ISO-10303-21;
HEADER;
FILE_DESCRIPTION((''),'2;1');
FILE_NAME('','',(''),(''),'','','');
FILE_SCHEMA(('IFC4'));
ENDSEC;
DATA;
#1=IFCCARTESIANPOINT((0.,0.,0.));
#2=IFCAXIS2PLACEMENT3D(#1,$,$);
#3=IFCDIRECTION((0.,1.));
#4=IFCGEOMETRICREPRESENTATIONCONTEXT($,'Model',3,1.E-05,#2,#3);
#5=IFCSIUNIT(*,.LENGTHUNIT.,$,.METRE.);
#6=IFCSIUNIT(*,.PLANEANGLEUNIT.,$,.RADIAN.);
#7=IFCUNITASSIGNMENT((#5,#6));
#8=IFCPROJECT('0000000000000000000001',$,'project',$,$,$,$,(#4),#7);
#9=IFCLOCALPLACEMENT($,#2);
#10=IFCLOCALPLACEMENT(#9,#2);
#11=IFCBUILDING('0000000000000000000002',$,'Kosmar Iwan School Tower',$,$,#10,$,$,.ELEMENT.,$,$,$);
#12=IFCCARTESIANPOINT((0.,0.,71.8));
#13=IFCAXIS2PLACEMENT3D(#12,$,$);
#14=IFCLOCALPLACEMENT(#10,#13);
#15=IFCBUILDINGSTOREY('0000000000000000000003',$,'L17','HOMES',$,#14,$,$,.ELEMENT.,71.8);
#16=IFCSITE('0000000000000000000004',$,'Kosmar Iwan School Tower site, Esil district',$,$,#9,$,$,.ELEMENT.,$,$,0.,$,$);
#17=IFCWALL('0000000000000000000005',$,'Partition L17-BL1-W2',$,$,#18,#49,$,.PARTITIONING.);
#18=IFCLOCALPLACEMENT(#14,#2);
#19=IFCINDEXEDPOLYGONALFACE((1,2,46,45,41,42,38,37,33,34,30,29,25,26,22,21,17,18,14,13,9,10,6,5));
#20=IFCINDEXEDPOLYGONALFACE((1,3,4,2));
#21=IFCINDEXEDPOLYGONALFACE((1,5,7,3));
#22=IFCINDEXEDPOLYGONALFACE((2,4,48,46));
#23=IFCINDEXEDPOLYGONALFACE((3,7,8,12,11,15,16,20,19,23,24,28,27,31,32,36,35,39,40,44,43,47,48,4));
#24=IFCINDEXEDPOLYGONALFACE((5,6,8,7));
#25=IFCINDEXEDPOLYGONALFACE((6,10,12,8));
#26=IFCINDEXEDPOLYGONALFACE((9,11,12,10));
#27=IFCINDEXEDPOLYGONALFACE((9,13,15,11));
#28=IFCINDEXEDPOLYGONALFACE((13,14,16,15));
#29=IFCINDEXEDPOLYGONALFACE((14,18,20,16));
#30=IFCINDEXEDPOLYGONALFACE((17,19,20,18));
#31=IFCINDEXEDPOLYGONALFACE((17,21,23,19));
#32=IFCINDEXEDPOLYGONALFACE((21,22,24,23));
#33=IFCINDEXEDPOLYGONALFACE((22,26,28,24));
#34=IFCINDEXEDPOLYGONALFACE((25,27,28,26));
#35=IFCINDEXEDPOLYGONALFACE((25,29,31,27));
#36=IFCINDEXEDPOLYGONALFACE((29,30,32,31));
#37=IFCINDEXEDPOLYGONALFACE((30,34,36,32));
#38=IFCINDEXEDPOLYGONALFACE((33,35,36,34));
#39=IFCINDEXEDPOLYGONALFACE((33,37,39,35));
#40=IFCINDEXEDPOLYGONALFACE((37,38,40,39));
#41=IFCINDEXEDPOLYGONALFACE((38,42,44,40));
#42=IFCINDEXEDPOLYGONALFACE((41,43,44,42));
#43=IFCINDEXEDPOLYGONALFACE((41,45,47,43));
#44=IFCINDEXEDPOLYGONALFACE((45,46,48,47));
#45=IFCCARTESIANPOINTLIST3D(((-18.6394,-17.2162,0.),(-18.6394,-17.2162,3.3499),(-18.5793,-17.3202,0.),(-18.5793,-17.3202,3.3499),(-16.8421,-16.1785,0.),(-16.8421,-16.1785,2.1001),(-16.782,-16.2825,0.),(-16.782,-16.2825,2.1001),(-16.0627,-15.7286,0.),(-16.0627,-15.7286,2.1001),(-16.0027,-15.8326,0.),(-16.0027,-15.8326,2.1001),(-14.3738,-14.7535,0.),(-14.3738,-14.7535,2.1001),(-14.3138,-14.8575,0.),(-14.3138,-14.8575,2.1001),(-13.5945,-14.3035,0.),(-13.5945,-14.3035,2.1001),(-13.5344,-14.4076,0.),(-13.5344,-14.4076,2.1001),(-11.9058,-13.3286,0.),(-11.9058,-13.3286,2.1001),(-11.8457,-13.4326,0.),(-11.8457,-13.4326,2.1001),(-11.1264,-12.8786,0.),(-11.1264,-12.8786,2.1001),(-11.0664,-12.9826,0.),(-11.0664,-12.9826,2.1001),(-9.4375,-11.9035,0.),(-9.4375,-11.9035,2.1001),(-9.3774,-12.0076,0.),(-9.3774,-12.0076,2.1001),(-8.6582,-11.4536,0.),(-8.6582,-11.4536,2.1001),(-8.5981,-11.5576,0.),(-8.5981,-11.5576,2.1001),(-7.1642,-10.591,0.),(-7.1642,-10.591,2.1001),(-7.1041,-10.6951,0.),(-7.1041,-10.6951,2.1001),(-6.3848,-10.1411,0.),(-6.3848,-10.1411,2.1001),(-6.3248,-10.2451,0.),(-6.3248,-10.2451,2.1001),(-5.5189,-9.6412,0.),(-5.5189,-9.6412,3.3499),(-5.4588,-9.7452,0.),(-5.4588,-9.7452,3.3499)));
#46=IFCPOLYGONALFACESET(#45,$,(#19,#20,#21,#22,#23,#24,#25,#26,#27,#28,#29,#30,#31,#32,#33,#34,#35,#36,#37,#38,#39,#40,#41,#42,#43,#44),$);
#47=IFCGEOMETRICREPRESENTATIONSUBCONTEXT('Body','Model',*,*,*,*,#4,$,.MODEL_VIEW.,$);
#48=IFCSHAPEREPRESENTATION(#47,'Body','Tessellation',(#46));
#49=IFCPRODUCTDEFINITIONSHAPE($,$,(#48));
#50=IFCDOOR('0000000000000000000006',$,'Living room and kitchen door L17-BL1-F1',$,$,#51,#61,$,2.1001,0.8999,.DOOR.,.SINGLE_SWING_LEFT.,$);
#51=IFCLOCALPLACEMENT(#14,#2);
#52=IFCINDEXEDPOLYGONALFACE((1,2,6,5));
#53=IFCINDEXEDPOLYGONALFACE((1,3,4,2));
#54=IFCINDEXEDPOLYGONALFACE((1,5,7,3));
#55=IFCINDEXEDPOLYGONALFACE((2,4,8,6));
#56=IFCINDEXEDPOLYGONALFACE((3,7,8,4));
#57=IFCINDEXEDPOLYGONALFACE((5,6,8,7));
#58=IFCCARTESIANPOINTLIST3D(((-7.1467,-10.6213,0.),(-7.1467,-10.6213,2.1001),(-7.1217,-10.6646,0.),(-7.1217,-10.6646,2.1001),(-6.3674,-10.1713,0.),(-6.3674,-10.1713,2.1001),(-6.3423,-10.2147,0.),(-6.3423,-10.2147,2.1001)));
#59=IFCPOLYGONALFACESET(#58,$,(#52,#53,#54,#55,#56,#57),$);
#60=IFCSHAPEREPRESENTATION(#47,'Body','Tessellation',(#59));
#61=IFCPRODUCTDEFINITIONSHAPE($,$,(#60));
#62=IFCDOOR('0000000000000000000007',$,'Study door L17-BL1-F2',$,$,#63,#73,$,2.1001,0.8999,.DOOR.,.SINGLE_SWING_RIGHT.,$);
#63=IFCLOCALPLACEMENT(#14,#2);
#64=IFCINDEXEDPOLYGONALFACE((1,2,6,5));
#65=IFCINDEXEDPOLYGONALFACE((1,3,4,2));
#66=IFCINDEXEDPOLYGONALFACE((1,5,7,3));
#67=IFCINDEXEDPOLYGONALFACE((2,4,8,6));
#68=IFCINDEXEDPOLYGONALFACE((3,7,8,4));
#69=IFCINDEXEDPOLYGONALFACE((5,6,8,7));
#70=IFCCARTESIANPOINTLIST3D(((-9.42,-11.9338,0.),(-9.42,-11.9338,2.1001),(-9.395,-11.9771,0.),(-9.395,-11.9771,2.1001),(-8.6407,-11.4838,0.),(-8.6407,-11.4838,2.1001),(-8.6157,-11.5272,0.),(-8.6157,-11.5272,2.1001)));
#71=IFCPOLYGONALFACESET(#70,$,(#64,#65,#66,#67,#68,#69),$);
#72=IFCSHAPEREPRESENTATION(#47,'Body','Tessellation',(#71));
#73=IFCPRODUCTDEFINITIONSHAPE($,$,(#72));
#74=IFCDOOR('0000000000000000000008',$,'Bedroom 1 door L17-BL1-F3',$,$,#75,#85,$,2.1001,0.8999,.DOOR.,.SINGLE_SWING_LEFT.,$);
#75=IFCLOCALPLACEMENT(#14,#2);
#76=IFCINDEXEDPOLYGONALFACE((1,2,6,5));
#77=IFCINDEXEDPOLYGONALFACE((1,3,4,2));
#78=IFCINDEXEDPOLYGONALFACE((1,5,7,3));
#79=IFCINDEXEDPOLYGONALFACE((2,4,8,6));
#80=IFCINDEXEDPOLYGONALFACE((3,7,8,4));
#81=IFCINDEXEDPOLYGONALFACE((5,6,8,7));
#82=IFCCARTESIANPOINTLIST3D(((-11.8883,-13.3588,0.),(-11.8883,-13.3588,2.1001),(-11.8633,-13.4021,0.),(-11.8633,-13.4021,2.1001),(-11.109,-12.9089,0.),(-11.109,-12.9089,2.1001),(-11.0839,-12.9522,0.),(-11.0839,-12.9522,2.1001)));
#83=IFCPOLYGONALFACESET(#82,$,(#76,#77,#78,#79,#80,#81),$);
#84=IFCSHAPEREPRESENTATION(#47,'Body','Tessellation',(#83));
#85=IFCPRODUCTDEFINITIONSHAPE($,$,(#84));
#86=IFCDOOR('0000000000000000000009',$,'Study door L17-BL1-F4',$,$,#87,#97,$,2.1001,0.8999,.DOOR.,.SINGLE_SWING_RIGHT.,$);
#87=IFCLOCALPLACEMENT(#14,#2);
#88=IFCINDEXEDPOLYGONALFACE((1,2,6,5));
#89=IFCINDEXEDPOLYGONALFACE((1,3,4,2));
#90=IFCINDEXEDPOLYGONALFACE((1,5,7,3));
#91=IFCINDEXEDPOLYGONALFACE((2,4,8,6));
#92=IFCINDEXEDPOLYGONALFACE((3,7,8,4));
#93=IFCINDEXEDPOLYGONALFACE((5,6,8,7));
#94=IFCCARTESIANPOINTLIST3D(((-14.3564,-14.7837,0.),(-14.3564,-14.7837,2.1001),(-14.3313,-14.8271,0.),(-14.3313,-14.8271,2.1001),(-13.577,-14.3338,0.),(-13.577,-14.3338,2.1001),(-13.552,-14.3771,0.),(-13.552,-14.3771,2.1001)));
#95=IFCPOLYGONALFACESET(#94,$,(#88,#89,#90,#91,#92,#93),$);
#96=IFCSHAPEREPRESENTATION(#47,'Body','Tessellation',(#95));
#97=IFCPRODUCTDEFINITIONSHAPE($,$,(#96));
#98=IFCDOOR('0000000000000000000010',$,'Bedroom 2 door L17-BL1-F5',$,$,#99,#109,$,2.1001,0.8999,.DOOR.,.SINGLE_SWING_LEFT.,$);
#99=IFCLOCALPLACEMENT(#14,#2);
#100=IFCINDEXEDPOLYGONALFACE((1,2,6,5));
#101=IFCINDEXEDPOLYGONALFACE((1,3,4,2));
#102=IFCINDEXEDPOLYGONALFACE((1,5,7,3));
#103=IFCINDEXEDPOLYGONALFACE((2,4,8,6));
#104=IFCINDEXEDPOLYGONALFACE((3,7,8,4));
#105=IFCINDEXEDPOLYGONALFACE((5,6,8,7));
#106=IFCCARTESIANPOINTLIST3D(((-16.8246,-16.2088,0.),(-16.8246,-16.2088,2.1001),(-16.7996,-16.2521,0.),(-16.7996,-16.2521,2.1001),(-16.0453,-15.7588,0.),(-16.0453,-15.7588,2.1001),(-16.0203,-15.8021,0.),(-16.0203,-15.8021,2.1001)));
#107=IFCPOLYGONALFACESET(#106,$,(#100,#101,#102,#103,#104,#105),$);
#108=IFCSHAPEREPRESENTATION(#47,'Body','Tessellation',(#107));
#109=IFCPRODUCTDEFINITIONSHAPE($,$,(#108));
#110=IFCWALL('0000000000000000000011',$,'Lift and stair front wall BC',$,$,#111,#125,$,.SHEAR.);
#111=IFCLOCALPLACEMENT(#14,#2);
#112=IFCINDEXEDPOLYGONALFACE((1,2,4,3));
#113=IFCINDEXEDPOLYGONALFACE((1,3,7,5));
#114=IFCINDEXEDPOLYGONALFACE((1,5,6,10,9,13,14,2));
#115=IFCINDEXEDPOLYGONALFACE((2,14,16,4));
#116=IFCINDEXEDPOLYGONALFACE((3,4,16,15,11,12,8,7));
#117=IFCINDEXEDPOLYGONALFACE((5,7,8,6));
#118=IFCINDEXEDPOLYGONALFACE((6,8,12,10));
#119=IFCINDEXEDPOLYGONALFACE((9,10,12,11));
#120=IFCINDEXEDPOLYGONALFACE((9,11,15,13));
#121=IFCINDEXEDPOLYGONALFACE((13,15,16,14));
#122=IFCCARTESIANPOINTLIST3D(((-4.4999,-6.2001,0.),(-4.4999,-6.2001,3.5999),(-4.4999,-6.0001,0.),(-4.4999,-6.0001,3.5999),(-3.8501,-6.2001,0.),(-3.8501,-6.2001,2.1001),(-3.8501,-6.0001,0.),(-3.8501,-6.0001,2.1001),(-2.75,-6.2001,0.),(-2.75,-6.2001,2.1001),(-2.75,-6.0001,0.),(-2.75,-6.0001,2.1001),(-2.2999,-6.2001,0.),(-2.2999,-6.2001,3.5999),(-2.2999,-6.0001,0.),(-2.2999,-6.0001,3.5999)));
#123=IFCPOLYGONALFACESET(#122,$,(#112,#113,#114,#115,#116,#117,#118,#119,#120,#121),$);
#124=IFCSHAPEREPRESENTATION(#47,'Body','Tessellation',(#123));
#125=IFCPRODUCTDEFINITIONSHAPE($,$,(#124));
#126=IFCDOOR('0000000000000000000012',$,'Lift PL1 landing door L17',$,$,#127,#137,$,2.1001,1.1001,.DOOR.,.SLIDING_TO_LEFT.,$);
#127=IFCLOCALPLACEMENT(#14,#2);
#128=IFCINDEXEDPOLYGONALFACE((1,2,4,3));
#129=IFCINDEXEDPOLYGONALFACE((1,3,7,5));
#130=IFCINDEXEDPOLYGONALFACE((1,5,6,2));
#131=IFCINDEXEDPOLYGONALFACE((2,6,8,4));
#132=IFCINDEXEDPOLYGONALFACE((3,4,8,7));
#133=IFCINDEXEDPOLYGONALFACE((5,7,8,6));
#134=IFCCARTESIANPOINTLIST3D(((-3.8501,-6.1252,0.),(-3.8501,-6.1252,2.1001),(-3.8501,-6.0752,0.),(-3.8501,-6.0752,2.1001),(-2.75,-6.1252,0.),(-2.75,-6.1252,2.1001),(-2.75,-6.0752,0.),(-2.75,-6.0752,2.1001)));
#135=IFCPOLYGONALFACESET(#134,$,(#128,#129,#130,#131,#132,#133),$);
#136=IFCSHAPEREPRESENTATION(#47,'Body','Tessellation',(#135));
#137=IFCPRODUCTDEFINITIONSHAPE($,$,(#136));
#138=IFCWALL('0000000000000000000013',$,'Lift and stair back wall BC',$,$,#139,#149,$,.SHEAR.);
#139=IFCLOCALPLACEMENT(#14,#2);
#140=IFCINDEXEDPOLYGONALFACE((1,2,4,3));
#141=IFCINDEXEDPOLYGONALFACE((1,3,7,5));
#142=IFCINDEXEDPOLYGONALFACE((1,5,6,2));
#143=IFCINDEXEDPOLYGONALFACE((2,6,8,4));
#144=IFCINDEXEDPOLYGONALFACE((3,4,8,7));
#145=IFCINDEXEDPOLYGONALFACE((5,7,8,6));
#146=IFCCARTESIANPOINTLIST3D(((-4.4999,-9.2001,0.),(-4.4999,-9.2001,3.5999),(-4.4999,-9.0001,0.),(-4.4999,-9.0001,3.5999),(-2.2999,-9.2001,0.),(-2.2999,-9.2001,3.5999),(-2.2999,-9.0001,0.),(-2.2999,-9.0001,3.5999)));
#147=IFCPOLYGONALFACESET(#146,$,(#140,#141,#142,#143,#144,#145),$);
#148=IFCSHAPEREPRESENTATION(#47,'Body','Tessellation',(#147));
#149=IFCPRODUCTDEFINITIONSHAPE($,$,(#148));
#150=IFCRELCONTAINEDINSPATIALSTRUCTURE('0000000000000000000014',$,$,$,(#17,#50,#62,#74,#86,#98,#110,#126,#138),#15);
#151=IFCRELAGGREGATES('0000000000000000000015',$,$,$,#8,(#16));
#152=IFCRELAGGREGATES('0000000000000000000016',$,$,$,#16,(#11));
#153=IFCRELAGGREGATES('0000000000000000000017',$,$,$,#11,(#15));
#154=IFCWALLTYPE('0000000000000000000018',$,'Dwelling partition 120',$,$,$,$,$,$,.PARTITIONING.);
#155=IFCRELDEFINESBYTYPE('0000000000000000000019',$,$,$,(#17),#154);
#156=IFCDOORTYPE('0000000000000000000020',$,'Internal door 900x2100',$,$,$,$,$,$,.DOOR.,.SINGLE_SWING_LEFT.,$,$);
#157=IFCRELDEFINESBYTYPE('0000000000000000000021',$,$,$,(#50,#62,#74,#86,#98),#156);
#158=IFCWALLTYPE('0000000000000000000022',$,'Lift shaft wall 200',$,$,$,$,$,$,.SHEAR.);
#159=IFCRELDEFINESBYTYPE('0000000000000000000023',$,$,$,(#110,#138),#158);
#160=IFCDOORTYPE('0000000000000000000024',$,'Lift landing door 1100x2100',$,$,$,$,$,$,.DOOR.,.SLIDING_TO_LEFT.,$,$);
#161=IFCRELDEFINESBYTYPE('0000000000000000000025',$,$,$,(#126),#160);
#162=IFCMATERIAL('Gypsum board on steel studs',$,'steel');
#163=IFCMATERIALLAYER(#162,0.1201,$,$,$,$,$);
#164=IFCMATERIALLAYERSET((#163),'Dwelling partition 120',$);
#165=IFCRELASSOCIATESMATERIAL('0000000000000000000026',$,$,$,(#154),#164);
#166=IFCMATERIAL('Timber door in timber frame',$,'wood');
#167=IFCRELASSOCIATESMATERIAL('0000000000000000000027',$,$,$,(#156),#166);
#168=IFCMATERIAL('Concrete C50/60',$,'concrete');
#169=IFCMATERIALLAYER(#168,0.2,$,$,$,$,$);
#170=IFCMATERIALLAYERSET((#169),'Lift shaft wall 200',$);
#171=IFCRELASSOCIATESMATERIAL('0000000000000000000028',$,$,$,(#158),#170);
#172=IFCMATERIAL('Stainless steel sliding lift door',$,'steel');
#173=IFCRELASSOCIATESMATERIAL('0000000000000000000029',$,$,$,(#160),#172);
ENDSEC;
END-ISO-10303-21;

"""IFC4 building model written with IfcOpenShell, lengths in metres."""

from ifc_helpers import new_model, si_unit, direction, frame, frame_2d, origin, place, context, subcontext, project, spatial, rectangle, extrude, material, layer, layer_set, type_object, element, fill, save


model = new_model("IFC4")

# Units and contexts
model_context = context("Model", 3, precision=1e-05, world=origin(), true_north=direction((0.0, 1.0)))
body_context = subcontext(model_context, "Body", "Model", "MODEL_VIEW")
ifc_project = project(units=[si_unit("LENGTHUNIT", "METRE"), si_unit("PLANEANGLEUNIT", "RADIAN")], contexts=[model_context])

# Site, building, storey
site_placement = place(None, origin())
site = spatial("IfcSite", under=ifc_project, at=site_placement, Name="Kosmar Iwan School Tower site, Esil district", CompositionType="ELEMENT", RefElevation=0.0)
building_placement = place(site_placement, origin())
building = spatial("IfcBuilding", under=site, at=building_placement, Name="Kosmar Iwan School Tower", CompositionType="ELEMENT")
storey_placement = place(building_placement, frame((0.0, 0.0, 71.8)))
storey = spatial("IfcBuildingStorey", under=building, at=storey_placement, Name="L17", Description="HOMES", CompositionType="ELEMENT", Elevation=71.8)

# Wall, openings, doors
ifc_material_1 = material(Name="Gypsum board on steel studs", Category="steel")
ifc_layer_1 = layer(ifc_material_1, 0.1201)
ifc_layer_set_1 = layer_set([ifc_layer_1], Name="Dwelling partition 120")
wall_type_1 = type_object("IfcWallType", Name="Dwelling partition 120", PredefinedType="PARTITIONING", material=ifc_layer_set_1)
wall_1_placement = place(storey_placement, frame((-5.4888, -9.6931, 0.0), z_axis=(0.0, 0.0, 1.0), x_axis=(-0.866028, -0.499995, 0.0)))
wall_1 = element("IfcWall", 1, at=wall_1_placement, inside=storey, type_object=wall_type_1, Name="Partition L17-BL1-W2", PredefinedType="PARTITIONING", context=body_context, shape_type="SweptSolid", body=[
    extrude(rectangle(XDim=15.1501, YDim=0.1201, at=frame_2d((7.5752, 0.0))), origin(), (0.0, 0.0, 1.0), 3.3499),
])
opening_1_placement = place(wall_1_placement, frame((1.0, 0.0, 0.0)))
opening_1 = element("IfcOpeningElement", 2, at=opening_1_placement, cuts=wall_1, PredefinedType="OPENING", context=body_context, shape_type="SweptSolid", body=[
    extrude(rectangle(XDim=0.8999, YDim=2.1001, at=frame_2d((0.45, 1.05))), frame((0.0, 0.072, 0.0), z_axis=(0.0, -1.0, 0.0), x_axis=(1.0, 0.0, 0.0)), (0.0, 0.0, 1.0), 0.144),
])
opening_2_placement = place(wall_1_placement, frame((3.625, 0.0, 0.0)))
opening_2 = element("IfcOpeningElement", 3, at=opening_2_placement, cuts=wall_1, PredefinedType="OPENING", context=body_context, shape_type="SweptSolid", body=[
    extrude(rectangle(XDim=0.8999, YDim=2.1001, at=frame_2d((0.45, 1.05))), frame((0.0, 0.072, 0.0), z_axis=(0.0, -1.0, 0.0), x_axis=(1.0, 0.0, 0.0)), (0.0, 0.0, 1.0), 0.144),
])
opening_3_placement = place(wall_1_placement, frame((6.4751, 0.0, 0.0)))
opening_3 = element("IfcOpeningElement", 4, at=opening_3_placement, cuts=wall_1, PredefinedType="OPENING", context=body_context, shape_type="SweptSolid", body=[
    extrude(rectangle(XDim=0.8999, YDim=2.1001, at=frame_2d((0.45, 1.05))), frame((0.0, 0.072, 0.0), z_axis=(0.0, -1.0, 0.0), x_axis=(1.0, 0.0, 0.0)), (0.0, 0.0, 1.0), 0.144),
])
opening_4_placement = place(wall_1_placement, frame((9.325, 0.0, 0.0)))
opening_4 = element("IfcOpeningElement", 5, at=opening_4_placement, cuts=wall_1, PredefinedType="OPENING", context=body_context, shape_type="SweptSolid", body=[
    extrude(rectangle(XDim=0.8999, YDim=2.1001, at=frame_2d((0.45, 1.05))), frame((0.0, 0.072, 0.0), z_axis=(0.0, -1.0, 0.0), x_axis=(1.0, 0.0, 0.0)), (0.0, 0.0, 1.0), 0.144),
])
opening_5_placement = place(wall_1_placement, frame((12.175, 0.0, 0.0)))
opening_5 = element("IfcOpeningElement", 6, at=opening_5_placement, cuts=wall_1, PredefinedType="OPENING", context=body_context, shape_type="SweptSolid", body=[
    extrude(rectangle(XDim=0.8999, YDim=2.1001, at=frame_2d((0.45, 1.05))), frame((0.0, 0.072, 0.0), z_axis=(0.0, -1.0, 0.0), x_axis=(1.0, 0.0, 0.0)), (0.0, 0.0, 1.0), 0.144),
])
ifc_material_2 = material(Name="Timber door in timber frame", Category="wood")
door_type_1 = type_object("IfcDoorType", Name="Internal door 900x2100", OperationType="SINGLE_SWING_LEFT", PredefinedType="DOOR", material=ifc_material_2)
door_1_placement = place(opening_1_placement, origin())
door_1 = element("IfcDoor", 7, at=door_1_placement, inside=storey, type_object=door_type_1, Name="Living room and kitchen door L17-BL1-F1", OperationType="SINGLE_SWING_LEFT", OverallHeight=2.1001, OverallWidth=0.8999, PredefinedType="DOOR", context=body_context, shape_type="SweptSolid", body=[
    extrude(rectangle(XDim=0.8999, YDim=2.1001, at=frame_2d((0.45, 1.05))), frame((0.0, 0.0249, 0.0), z_axis=(0.0, -1.0, 0.0), x_axis=(1.0, 0.0, 0.0)), (0.0, 0.0, 1.0), 0.05),
])
fill(opening_1, door_1)
door_2_placement = place(opening_2_placement, origin())
door_2 = element("IfcDoor", 8, at=door_2_placement, inside=storey, type_object=door_type_1, Name="Study door L17-BL1-F2", OperationType="SINGLE_SWING_RIGHT", OverallHeight=2.1001, OverallWidth=0.8999, PredefinedType="DOOR", context=body_context, shape_type="SweptSolid", body=[
    extrude(rectangle(XDim=0.8999, YDim=2.1001, at=frame_2d((0.45, 1.05))), frame((0.0, 0.0249, 0.0), z_axis=(0.0, -1.0, 0.0), x_axis=(1.0, 0.0, 0.0)), (0.0, 0.0, 1.0), 0.05),
])
fill(opening_2, door_2)
door_3_placement = place(opening_3_placement, origin())
door_3 = element("IfcDoor", 9, at=door_3_placement, inside=storey, type_object=door_type_1, Name="Bedroom 1 door L17-BL1-F3", OperationType="SINGLE_SWING_LEFT", OverallHeight=2.1001, OverallWidth=0.8999, PredefinedType="DOOR", context=body_context, shape_type="SweptSolid", body=[
    extrude(rectangle(XDim=0.8999, YDim=2.1001, at=frame_2d((0.45, 1.05))), frame((0.0, 0.0249, 0.0), z_axis=(0.0, -1.0, 0.0), x_axis=(1.0, 0.0, 0.0)), (0.0, 0.0, 1.0), 0.05),
])
fill(opening_3, door_3)
door_4_placement = place(opening_4_placement, origin())
door_4 = element("IfcDoor", 10, at=door_4_placement, inside=storey, type_object=door_type_1, Name="Study door L17-BL1-F4", OperationType="SINGLE_SWING_RIGHT", OverallHeight=2.1001, OverallWidth=0.8999, PredefinedType="DOOR", context=body_context, shape_type="SweptSolid", body=[
    extrude(rectangle(XDim=0.8999, YDim=2.1001, at=frame_2d((0.45, 1.05))), frame((0.0, 0.0249, 0.0), z_axis=(0.0, -1.0, 0.0), x_axis=(1.0, 0.0, 0.0)), (0.0, 0.0, 1.0), 0.05),
])
fill(opening_4, door_4)
door_5_placement = place(opening_5_placement, origin())
door_5 = element("IfcDoor", 11, at=door_5_placement, inside=storey, type_object=door_type_1, Name="Bedroom 2 door L17-BL1-F5", OperationType="SINGLE_SWING_LEFT", OverallHeight=2.1001, OverallWidth=0.8999, PredefinedType="DOOR", context=body_context, shape_type="SweptSolid", body=[
    extrude(rectangle(XDim=0.8999, YDim=2.1001, at=frame_2d((0.45, 1.05))), frame((0.0, 0.0249, 0.0), z_axis=(0.0, -1.0, 0.0), x_axis=(1.0, 0.0, 0.0)), (0.0, 0.0, 1.0), 0.05),
])
fill(opening_5, door_5)

# Wall, opening, door
ifc_material_3 = material(Name="Concrete C50/60", Category="concrete")
ifc_layer_2 = layer(ifc_material_3, 0.2)
ifc_layer_set_2 = layer_set([ifc_layer_2], Name="Lift shaft wall 200")
wall_type_2 = type_object("IfcWallType", Name="Lift shaft wall 200", PredefinedType="SHEAR", material=ifc_layer_set_2)
wall_2_placement = place(storey_placement, frame((-4.5, -6.1001, 0.0), z_axis=(0.0, 0.0, 1.0), x_axis=(1.0, 0.0, 0.0)))
wall_2 = element("IfcWall", 12, at=wall_2_placement, inside=storey, type_object=wall_type_2, Name="Lift and stair front wall BC", PredefinedType="SHEAR", context=body_context, shape_type="SweptSolid", body=[
    extrude(rectangle(XDim=2.2, YDim=0.2, at=frame_2d((1.1001, 0.0))), origin(), (0.0, 0.0, 1.0), 3.5999),
])
opening_6_placement = place(wall_2_placement, frame((0.6499, 0.0, 0.0)))
opening_6 = element("IfcOpeningElement", 13, at=opening_6_placement, cuts=wall_2, PredefinedType="OPENING", context=body_context, shape_type="SweptSolid", body=[
    extrude(rectangle(XDim=1.1001, YDim=2.1001, at=frame_2d((0.55, 1.05))), frame((0.0, 0.1121, 0.0), z_axis=(0.0, -1.0, 0.0), x_axis=(1.0, 0.0, 0.0)), (0.0, 0.0, 1.0), 0.2239),
])
ifc_material_4 = material(Name="Stainless steel sliding lift door", Category="steel")
door_type_2 = type_object("IfcDoorType", Name="Lift landing door 1100x2100", OperationType="SLIDING_TO_LEFT", PredefinedType="DOOR", material=ifc_material_4)
door_6_placement = place(opening_6_placement, origin())
door_6 = element("IfcDoor", 14, at=door_6_placement, inside=storey, type_object=door_type_2, Name="Lift PL1 landing door L17", OperationType="SLIDING_TO_LEFT", OverallHeight=2.1001, OverallWidth=1.1001, PredefinedType="DOOR", context=body_context, shape_type="SweptSolid", body=[
    extrude(rectangle(XDim=1.1001, YDim=2.1001, at=frame_2d((0.55, 1.05))), frame((0.0, 0.0249, 0.0), z_axis=(0.0, -1.0, 0.0), x_axis=(1.0, 0.0, 0.0)), (0.0, 0.0, 1.0), 0.05),
])
fill(opening_6, door_6)

# Wall
wall_3_placement = place(storey_placement, frame((-4.5, -9.1001, 0.0), z_axis=(0.0, 0.0, 1.0), x_axis=(1.0, 0.0, 0.0)))
element("IfcWall", 15, at=wall_3_placement, inside=storey, type_object=wall_type_2, Name="Lift and stair back wall BC", PredefinedType="SHEAR", context=body_context, shape_type="SweptSolid", body=[
    extrude(rectangle(XDim=2.2, YDim=0.2, at=frame_2d((1.1001, 0.0))), origin(), (0.0, 0.0, 1.0), 3.5999),
])

save(model, "model.ifc")
